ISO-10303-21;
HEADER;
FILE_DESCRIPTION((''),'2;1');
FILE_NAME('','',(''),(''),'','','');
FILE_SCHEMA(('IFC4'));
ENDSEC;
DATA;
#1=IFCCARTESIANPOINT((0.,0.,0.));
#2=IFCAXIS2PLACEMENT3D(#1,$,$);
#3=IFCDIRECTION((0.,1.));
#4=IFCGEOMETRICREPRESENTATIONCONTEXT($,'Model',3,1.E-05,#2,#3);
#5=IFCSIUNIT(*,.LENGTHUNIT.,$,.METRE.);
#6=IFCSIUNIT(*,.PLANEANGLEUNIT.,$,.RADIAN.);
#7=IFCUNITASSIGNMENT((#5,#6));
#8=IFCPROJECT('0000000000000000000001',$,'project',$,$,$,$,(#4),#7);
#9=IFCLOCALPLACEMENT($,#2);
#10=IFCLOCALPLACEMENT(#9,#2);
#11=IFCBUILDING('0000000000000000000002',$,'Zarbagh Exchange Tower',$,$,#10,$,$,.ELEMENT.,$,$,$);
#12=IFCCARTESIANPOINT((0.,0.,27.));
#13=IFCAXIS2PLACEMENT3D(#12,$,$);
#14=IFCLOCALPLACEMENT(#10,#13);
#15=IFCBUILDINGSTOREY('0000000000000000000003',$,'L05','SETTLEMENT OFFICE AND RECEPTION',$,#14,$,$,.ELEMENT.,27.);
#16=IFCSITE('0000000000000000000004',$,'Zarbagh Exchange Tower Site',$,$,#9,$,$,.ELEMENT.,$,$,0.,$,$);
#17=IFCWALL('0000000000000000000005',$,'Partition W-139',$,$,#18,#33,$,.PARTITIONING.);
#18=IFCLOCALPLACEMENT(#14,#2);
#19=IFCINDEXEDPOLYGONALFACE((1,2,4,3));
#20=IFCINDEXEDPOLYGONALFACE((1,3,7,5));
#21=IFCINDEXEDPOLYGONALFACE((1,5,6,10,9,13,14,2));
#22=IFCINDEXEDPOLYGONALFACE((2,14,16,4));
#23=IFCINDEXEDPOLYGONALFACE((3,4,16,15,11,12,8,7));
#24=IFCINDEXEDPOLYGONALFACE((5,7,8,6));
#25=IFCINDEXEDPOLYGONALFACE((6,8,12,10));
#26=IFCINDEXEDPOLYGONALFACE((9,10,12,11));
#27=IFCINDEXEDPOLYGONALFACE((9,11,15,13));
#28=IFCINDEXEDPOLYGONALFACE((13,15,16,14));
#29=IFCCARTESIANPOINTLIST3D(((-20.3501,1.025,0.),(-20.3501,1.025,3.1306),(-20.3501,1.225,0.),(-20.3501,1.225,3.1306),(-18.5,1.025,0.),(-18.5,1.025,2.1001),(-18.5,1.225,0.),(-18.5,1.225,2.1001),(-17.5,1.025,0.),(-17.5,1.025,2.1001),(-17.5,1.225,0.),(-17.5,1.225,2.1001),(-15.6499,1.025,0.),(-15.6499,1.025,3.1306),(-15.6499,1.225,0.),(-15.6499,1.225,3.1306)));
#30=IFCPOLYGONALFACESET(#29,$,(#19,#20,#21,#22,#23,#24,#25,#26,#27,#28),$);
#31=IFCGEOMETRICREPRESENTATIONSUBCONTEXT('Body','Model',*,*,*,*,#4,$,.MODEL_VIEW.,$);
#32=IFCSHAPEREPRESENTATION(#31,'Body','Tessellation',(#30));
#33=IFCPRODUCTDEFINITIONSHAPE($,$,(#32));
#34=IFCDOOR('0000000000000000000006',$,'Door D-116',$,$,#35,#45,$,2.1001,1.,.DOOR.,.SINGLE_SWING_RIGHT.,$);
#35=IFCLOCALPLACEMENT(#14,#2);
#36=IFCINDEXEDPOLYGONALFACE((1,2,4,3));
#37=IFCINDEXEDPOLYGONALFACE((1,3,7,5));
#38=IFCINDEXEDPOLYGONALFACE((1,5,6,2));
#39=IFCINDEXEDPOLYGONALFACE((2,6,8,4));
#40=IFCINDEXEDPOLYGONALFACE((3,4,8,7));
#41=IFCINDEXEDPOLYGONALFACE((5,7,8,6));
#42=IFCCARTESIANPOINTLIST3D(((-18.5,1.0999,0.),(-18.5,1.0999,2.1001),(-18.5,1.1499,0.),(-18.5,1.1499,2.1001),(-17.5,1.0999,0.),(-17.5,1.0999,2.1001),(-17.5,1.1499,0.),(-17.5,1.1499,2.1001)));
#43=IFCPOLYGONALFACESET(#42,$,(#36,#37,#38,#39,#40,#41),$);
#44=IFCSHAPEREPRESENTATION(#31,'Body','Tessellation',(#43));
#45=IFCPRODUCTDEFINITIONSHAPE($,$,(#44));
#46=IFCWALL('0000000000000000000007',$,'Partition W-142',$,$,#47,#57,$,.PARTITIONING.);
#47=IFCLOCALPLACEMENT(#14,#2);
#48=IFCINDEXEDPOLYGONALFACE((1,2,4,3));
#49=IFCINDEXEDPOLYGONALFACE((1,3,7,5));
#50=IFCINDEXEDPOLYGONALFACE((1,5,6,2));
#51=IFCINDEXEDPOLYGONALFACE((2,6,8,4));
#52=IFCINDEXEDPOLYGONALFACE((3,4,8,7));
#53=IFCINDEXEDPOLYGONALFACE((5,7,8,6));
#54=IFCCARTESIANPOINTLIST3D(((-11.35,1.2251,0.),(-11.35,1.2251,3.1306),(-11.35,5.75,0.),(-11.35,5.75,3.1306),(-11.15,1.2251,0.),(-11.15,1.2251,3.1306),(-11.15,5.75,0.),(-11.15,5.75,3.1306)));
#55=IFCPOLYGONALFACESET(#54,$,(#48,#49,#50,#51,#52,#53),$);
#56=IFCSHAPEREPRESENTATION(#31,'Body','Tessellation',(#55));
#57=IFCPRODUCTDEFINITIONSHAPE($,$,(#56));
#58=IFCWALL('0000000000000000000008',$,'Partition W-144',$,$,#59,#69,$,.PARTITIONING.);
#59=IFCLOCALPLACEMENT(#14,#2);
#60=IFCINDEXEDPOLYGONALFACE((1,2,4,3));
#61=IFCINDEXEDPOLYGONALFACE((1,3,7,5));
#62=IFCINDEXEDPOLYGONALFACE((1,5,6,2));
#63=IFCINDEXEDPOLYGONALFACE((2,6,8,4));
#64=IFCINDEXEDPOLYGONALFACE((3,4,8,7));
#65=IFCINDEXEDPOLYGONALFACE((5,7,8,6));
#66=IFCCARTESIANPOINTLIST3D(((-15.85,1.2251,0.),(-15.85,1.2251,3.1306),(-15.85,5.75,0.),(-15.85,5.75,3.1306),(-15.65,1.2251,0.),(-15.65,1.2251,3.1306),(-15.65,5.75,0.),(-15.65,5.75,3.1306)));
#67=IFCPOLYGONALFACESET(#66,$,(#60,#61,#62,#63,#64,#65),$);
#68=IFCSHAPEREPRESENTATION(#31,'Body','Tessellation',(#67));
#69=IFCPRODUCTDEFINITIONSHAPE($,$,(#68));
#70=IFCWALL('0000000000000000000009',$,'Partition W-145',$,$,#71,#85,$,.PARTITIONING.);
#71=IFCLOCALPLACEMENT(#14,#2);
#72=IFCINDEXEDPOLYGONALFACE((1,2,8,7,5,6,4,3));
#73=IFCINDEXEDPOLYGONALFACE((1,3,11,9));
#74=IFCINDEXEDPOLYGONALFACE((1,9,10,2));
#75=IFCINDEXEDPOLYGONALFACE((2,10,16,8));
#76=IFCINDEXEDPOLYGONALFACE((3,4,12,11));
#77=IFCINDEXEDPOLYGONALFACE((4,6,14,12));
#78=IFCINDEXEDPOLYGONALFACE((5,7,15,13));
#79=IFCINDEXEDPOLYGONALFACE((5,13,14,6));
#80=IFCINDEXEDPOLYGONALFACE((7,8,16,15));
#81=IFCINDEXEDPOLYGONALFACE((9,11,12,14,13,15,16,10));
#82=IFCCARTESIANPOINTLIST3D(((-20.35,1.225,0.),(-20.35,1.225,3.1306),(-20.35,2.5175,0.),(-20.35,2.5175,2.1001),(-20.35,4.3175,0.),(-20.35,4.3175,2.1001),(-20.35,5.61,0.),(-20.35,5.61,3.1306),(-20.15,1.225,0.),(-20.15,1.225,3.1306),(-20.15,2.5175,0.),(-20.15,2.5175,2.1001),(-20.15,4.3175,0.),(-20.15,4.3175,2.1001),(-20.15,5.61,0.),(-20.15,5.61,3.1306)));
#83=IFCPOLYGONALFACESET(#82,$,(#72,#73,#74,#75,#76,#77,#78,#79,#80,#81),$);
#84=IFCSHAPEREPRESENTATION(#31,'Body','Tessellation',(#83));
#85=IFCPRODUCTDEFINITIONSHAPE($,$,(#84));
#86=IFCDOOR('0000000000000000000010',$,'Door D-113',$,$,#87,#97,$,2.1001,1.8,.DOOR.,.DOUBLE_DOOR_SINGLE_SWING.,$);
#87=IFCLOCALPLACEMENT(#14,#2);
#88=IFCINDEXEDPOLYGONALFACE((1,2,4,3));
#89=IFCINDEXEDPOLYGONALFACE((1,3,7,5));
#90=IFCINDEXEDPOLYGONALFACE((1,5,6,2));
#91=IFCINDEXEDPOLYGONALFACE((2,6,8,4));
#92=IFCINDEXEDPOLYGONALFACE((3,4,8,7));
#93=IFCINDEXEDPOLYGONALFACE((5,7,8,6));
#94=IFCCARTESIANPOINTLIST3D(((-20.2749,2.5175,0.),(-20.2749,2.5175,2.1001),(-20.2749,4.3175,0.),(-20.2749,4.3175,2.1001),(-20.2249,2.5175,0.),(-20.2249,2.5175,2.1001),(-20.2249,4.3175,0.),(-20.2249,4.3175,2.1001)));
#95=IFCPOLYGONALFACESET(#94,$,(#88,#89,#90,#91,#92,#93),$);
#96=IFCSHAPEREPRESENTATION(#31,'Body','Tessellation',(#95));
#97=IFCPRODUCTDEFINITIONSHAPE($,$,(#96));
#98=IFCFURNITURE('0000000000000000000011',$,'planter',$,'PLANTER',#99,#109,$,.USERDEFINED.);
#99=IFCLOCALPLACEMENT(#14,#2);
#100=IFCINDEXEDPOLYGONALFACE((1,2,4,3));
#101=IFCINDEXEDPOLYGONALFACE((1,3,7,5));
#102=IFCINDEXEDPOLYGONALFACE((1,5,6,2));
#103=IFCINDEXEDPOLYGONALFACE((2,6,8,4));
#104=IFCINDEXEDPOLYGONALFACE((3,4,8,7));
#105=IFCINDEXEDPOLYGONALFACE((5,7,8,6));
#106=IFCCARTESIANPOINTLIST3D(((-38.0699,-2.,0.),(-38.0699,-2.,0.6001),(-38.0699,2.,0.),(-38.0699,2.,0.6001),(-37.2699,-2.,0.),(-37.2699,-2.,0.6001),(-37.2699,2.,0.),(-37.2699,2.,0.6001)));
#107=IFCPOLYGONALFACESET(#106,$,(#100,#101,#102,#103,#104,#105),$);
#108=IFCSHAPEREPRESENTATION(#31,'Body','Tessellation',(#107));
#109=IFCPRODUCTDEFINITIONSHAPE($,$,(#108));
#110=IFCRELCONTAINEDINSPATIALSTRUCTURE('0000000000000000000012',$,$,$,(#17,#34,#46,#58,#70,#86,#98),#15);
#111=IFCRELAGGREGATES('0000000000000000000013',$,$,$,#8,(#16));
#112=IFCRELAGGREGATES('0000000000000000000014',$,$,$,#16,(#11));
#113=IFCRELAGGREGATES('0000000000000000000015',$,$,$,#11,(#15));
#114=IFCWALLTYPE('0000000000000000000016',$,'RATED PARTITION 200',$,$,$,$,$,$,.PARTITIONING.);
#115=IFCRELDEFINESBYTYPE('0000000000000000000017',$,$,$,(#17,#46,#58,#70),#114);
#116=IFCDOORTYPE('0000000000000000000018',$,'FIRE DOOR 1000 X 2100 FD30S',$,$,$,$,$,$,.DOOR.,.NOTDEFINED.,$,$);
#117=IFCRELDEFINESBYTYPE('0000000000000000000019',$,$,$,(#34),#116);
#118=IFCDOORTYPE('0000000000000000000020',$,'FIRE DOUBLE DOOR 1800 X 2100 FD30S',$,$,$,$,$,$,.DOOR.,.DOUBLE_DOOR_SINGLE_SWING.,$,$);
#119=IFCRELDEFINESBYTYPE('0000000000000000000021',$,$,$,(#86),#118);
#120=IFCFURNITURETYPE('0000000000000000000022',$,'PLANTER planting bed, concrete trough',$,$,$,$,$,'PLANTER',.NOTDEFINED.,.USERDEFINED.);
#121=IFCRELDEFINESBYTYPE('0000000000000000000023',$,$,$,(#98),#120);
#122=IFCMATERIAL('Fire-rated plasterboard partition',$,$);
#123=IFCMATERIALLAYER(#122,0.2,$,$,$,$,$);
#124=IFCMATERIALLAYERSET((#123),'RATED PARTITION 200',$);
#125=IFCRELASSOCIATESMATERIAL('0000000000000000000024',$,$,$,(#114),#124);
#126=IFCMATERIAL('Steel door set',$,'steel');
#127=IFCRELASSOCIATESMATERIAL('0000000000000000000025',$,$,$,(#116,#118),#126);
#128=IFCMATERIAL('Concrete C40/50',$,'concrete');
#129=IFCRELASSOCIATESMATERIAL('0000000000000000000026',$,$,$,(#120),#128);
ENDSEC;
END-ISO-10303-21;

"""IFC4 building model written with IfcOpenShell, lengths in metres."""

from ifc_helpers import new_model, si_unit, direction, frame, frame_2d, origin, origin_2d, place, context, subcontext, project, spatial, rectangle, extrude, material, layer, layer_set, type_object, element, fill, save


model = new_model("IFC4")

# Units and contexts
model_context = context("Model", 3, precision=1e-05, world=origin(), true_north=direction((0.0, 1.0)))
body_context = subcontext(model_context, "Body", "Model", "MODEL_VIEW")
ifc_project = project(units=[si_unit("LENGTHUNIT", "METRE"), si_unit("PLANEANGLEUNIT", "RADIAN")], contexts=[model_context])

# Site, building, storey
site_placement = place(None, origin())
site = spatial("IfcSite", under=ifc_project, at=site_placement, Name="Zarbagh Exchange Tower Site", CompositionType="ELEMENT", RefElevation=0.0)
building_placement = place(site_placement, origin())
building = spatial("IfcBuilding", under=site, at=building_placement, Name="Zarbagh Exchange Tower", CompositionType="ELEMENT")
storey_placement = place(building_placement, frame((0.0, 0.0, 27.0)))
storey = spatial("IfcBuildingStorey", under=building, at=storey_placement, Name="L05", Description="SETTLEMENT OFFICE AND RECEPTION", CompositionType="ELEMENT", Elevation=27.0)

# Shared definitions
ifc_material_1 = material(Name="Fire-rated plasterboard partition")
ifc_layer_1 = layer(ifc_material_1, 0.2)
ifc_layer_set_1 = layer_set([ifc_layer_1], Name="RATED PARTITION 200")
wall_type_1 = type_object("IfcWallType", Name="RATED PARTITION 200", PredefinedType="PARTITIONING", material=ifc_layer_set_1)

# Wall, opening, door
ifc_material_2 = material(Name="Steel door set", Category="steel")
door_type_1 = type_object("IfcDoorType", Name="FIRE DOOR 1000 X 2100 FD30S", OperationType="NOTDEFINED", PredefinedType="DOOR", material=ifc_material_2)
wall_1_placement = place(storey_placement, frame((-20.3501, 1.125, 0.0), z_axis=(0.0, 0.0, 1.0), x_axis=(1.0, 0.0, 0.0)))
wall_1 = element("IfcWall", 1, at=wall_1_placement, inside=storey, type_object=wall_type_1, Name="Partition W-139", PredefinedType="PARTITIONING", context=body_context, shape_type="SweptSolid", body=[
    extrude(rectangle(XDim=4.7002, YDim=0.2, at=frame_2d((2.3501, 0.0))), origin(), (0.0, 0.0, 1.0), 3.1306),
])
opening_1_placement = place(wall_1_placement, frame((1.8501, 0.0, 0.0)))
opening_1 = element("IfcOpeningElement", 2, at=opening_1_placement, cuts=wall_1, PredefinedType="OPENING", context=body_context, shape_type="SweptSolid", body=[
    extrude(rectangle(XDim=1.0, YDim=2.1001, at=frame_2d((0.5, 1.05))), frame((0.0, 0.1099, 0.0), z_axis=(0.0, -1.0, 0.0), x_axis=(1.0, 0.0, 0.0)), (0.0, 0.0, 1.0), 0.22),
])
door_1_placement = place(opening_1_placement, origin())
door_1 = element("IfcDoor", 3, at=door_1_placement, inside=storey, type_object=door_type_1, Name="Door D-116", OperationType="SINGLE_SWING_RIGHT", OverallHeight=2.1001, OverallWidth=1.0, PredefinedType="DOOR", context=body_context, shape_type="SweptSolid", body=[
    extrude(rectangle(XDim=1.0, YDim=2.1001, at=frame_2d((0.5, 1.05))), frame((0.0, 0.0249, 0.0), z_axis=(0.0, -1.0, 0.0), x_axis=(1.0, 0.0, 0.0)), (0.0, 0.0, 1.0), 0.05),
])
fill(opening_1, door_1)

# Walls
for number, where, z_axis, x_axis, name in (
    (4, (-11.25, 1.2251, 0.0), (0.0, 0.0, 1.0), (0.0, 1.0, 0.0), "Partition W-142"),
    (5, (-15.75, 1.2251, 0.0), (0.0, 0.0, 1.0), (0.0, 1.0, 0.0), "Partition W-144"),
):
    element("IfcWall", number, at=place(storey_placement, frame(where, z_axis=z_axis, x_axis=x_axis)), inside=storey, type_object=wall_type_1, Name=name, PredefinedType="PARTITIONING", context=body_context, shape_type="SweptSolid", body=[
        extrude(rectangle(XDim=4.5249, YDim=0.2, at=frame_2d((2.2625, 0.0))), origin(), (0.0, 0.0, 1.0), 3.1306),
    ])

# Wall, opening, door
wall_2_placement = place(storey_placement, frame((-20.25, 1.2251, 0.0), z_axis=(0.0, 0.0, 1.0), x_axis=(0.0, 1.0, 0.0)))
wall_2 = element("IfcWall", 6, at=wall_2_placement, inside=storey, type_object=wall_type_1, Name="Partition W-145", PredefinedType="PARTITIONING", context=body_context, shape_type="SweptSolid", body=[
    extrude(rectangle(XDim=4.385, YDim=0.2, at=frame_2d((2.1924, 0.0))), origin(), (0.0, 0.0, 1.0), 3.1306),
])
opening_2_placement = place(wall_2_placement, frame((1.2925, 0.0, 0.0)))
opening_2 = element("IfcOpeningElement", 7, at=opening_2_placement, cuts=wall_2, PredefinedType="OPENING", context=body_context, shape_type="SweptSolid", body=[
    extrude(rectangle(XDim=1.8, YDim=2.1001, at=frame_2d((0.8999, 1.05))), frame((0.0, 0.1099, 0.0), z_axis=(0.0, -1.0, 0.0), x_axis=(1.0, 0.0, 0.0)), (0.0, 0.0, 1.0), 0.22),
])
door_type_2 = type_object("IfcDoorType", Name="FIRE DOUBLE DOOR 1800 X 2100 FD30S", OperationType="DOUBLE_DOOR_SINGLE_SWING", PredefinedType="DOOR", material=ifc_material_2)
door_2_placement = place(opening_2_placement, origin())
door_2 = element("IfcDoor", 8, at=door_2_placement, inside=storey, type_object=door_type_2, Name="Door D-113", OperationType="DOUBLE_DOOR_SINGLE_SWING", OverallHeight=2.1001, OverallWidth=1.8, PredefinedType="DOOR", context=body_context, shape_type="SweptSolid", body=[
    extrude(rectangle(XDim=1.8, YDim=2.1001, at=frame_2d((0.8999, 1.05))), frame((0.0, 0.0249, 0.0), z_axis=(0.0, -1.0, 0.0), x_axis=(1.0, 0.0, 0.0)), (0.0, 0.0, 1.0), 0.05),
])
fill(opening_2, door_2)

# Furniture
ifc_material_3 = material(Name="Concrete C40/50", Category="concrete")
furniture_type = type_object("IfcFurnitureType", Name="PLANTER planting bed, concrete trough", ElementType="PLANTER", AssemblyPlace="NOTDEFINED", PredefinedType="USERDEFINED", material=ifc_material_3)
furniture_placement = place(storey_placement, frame((-37.6699, 0.0, 0.0), z_axis=(0.0, 0.0, 1.0), x_axis=(0.0, 1.0, 0.0)))
element("IfcFurniture", 9, at=furniture_placement, inside=storey, type_object=furniture_type, Name="planter", ObjectType="PLANTER", PredefinedType="USERDEFINED", context=body_context, shape_type="SweptSolid", body=[
    extrude(rectangle(XDim=4.0, YDim=0.8, at=origin_2d()), origin(), (0.0, 0.0, 1.0), 0.6001),
])

save(model, "model.ifc")
